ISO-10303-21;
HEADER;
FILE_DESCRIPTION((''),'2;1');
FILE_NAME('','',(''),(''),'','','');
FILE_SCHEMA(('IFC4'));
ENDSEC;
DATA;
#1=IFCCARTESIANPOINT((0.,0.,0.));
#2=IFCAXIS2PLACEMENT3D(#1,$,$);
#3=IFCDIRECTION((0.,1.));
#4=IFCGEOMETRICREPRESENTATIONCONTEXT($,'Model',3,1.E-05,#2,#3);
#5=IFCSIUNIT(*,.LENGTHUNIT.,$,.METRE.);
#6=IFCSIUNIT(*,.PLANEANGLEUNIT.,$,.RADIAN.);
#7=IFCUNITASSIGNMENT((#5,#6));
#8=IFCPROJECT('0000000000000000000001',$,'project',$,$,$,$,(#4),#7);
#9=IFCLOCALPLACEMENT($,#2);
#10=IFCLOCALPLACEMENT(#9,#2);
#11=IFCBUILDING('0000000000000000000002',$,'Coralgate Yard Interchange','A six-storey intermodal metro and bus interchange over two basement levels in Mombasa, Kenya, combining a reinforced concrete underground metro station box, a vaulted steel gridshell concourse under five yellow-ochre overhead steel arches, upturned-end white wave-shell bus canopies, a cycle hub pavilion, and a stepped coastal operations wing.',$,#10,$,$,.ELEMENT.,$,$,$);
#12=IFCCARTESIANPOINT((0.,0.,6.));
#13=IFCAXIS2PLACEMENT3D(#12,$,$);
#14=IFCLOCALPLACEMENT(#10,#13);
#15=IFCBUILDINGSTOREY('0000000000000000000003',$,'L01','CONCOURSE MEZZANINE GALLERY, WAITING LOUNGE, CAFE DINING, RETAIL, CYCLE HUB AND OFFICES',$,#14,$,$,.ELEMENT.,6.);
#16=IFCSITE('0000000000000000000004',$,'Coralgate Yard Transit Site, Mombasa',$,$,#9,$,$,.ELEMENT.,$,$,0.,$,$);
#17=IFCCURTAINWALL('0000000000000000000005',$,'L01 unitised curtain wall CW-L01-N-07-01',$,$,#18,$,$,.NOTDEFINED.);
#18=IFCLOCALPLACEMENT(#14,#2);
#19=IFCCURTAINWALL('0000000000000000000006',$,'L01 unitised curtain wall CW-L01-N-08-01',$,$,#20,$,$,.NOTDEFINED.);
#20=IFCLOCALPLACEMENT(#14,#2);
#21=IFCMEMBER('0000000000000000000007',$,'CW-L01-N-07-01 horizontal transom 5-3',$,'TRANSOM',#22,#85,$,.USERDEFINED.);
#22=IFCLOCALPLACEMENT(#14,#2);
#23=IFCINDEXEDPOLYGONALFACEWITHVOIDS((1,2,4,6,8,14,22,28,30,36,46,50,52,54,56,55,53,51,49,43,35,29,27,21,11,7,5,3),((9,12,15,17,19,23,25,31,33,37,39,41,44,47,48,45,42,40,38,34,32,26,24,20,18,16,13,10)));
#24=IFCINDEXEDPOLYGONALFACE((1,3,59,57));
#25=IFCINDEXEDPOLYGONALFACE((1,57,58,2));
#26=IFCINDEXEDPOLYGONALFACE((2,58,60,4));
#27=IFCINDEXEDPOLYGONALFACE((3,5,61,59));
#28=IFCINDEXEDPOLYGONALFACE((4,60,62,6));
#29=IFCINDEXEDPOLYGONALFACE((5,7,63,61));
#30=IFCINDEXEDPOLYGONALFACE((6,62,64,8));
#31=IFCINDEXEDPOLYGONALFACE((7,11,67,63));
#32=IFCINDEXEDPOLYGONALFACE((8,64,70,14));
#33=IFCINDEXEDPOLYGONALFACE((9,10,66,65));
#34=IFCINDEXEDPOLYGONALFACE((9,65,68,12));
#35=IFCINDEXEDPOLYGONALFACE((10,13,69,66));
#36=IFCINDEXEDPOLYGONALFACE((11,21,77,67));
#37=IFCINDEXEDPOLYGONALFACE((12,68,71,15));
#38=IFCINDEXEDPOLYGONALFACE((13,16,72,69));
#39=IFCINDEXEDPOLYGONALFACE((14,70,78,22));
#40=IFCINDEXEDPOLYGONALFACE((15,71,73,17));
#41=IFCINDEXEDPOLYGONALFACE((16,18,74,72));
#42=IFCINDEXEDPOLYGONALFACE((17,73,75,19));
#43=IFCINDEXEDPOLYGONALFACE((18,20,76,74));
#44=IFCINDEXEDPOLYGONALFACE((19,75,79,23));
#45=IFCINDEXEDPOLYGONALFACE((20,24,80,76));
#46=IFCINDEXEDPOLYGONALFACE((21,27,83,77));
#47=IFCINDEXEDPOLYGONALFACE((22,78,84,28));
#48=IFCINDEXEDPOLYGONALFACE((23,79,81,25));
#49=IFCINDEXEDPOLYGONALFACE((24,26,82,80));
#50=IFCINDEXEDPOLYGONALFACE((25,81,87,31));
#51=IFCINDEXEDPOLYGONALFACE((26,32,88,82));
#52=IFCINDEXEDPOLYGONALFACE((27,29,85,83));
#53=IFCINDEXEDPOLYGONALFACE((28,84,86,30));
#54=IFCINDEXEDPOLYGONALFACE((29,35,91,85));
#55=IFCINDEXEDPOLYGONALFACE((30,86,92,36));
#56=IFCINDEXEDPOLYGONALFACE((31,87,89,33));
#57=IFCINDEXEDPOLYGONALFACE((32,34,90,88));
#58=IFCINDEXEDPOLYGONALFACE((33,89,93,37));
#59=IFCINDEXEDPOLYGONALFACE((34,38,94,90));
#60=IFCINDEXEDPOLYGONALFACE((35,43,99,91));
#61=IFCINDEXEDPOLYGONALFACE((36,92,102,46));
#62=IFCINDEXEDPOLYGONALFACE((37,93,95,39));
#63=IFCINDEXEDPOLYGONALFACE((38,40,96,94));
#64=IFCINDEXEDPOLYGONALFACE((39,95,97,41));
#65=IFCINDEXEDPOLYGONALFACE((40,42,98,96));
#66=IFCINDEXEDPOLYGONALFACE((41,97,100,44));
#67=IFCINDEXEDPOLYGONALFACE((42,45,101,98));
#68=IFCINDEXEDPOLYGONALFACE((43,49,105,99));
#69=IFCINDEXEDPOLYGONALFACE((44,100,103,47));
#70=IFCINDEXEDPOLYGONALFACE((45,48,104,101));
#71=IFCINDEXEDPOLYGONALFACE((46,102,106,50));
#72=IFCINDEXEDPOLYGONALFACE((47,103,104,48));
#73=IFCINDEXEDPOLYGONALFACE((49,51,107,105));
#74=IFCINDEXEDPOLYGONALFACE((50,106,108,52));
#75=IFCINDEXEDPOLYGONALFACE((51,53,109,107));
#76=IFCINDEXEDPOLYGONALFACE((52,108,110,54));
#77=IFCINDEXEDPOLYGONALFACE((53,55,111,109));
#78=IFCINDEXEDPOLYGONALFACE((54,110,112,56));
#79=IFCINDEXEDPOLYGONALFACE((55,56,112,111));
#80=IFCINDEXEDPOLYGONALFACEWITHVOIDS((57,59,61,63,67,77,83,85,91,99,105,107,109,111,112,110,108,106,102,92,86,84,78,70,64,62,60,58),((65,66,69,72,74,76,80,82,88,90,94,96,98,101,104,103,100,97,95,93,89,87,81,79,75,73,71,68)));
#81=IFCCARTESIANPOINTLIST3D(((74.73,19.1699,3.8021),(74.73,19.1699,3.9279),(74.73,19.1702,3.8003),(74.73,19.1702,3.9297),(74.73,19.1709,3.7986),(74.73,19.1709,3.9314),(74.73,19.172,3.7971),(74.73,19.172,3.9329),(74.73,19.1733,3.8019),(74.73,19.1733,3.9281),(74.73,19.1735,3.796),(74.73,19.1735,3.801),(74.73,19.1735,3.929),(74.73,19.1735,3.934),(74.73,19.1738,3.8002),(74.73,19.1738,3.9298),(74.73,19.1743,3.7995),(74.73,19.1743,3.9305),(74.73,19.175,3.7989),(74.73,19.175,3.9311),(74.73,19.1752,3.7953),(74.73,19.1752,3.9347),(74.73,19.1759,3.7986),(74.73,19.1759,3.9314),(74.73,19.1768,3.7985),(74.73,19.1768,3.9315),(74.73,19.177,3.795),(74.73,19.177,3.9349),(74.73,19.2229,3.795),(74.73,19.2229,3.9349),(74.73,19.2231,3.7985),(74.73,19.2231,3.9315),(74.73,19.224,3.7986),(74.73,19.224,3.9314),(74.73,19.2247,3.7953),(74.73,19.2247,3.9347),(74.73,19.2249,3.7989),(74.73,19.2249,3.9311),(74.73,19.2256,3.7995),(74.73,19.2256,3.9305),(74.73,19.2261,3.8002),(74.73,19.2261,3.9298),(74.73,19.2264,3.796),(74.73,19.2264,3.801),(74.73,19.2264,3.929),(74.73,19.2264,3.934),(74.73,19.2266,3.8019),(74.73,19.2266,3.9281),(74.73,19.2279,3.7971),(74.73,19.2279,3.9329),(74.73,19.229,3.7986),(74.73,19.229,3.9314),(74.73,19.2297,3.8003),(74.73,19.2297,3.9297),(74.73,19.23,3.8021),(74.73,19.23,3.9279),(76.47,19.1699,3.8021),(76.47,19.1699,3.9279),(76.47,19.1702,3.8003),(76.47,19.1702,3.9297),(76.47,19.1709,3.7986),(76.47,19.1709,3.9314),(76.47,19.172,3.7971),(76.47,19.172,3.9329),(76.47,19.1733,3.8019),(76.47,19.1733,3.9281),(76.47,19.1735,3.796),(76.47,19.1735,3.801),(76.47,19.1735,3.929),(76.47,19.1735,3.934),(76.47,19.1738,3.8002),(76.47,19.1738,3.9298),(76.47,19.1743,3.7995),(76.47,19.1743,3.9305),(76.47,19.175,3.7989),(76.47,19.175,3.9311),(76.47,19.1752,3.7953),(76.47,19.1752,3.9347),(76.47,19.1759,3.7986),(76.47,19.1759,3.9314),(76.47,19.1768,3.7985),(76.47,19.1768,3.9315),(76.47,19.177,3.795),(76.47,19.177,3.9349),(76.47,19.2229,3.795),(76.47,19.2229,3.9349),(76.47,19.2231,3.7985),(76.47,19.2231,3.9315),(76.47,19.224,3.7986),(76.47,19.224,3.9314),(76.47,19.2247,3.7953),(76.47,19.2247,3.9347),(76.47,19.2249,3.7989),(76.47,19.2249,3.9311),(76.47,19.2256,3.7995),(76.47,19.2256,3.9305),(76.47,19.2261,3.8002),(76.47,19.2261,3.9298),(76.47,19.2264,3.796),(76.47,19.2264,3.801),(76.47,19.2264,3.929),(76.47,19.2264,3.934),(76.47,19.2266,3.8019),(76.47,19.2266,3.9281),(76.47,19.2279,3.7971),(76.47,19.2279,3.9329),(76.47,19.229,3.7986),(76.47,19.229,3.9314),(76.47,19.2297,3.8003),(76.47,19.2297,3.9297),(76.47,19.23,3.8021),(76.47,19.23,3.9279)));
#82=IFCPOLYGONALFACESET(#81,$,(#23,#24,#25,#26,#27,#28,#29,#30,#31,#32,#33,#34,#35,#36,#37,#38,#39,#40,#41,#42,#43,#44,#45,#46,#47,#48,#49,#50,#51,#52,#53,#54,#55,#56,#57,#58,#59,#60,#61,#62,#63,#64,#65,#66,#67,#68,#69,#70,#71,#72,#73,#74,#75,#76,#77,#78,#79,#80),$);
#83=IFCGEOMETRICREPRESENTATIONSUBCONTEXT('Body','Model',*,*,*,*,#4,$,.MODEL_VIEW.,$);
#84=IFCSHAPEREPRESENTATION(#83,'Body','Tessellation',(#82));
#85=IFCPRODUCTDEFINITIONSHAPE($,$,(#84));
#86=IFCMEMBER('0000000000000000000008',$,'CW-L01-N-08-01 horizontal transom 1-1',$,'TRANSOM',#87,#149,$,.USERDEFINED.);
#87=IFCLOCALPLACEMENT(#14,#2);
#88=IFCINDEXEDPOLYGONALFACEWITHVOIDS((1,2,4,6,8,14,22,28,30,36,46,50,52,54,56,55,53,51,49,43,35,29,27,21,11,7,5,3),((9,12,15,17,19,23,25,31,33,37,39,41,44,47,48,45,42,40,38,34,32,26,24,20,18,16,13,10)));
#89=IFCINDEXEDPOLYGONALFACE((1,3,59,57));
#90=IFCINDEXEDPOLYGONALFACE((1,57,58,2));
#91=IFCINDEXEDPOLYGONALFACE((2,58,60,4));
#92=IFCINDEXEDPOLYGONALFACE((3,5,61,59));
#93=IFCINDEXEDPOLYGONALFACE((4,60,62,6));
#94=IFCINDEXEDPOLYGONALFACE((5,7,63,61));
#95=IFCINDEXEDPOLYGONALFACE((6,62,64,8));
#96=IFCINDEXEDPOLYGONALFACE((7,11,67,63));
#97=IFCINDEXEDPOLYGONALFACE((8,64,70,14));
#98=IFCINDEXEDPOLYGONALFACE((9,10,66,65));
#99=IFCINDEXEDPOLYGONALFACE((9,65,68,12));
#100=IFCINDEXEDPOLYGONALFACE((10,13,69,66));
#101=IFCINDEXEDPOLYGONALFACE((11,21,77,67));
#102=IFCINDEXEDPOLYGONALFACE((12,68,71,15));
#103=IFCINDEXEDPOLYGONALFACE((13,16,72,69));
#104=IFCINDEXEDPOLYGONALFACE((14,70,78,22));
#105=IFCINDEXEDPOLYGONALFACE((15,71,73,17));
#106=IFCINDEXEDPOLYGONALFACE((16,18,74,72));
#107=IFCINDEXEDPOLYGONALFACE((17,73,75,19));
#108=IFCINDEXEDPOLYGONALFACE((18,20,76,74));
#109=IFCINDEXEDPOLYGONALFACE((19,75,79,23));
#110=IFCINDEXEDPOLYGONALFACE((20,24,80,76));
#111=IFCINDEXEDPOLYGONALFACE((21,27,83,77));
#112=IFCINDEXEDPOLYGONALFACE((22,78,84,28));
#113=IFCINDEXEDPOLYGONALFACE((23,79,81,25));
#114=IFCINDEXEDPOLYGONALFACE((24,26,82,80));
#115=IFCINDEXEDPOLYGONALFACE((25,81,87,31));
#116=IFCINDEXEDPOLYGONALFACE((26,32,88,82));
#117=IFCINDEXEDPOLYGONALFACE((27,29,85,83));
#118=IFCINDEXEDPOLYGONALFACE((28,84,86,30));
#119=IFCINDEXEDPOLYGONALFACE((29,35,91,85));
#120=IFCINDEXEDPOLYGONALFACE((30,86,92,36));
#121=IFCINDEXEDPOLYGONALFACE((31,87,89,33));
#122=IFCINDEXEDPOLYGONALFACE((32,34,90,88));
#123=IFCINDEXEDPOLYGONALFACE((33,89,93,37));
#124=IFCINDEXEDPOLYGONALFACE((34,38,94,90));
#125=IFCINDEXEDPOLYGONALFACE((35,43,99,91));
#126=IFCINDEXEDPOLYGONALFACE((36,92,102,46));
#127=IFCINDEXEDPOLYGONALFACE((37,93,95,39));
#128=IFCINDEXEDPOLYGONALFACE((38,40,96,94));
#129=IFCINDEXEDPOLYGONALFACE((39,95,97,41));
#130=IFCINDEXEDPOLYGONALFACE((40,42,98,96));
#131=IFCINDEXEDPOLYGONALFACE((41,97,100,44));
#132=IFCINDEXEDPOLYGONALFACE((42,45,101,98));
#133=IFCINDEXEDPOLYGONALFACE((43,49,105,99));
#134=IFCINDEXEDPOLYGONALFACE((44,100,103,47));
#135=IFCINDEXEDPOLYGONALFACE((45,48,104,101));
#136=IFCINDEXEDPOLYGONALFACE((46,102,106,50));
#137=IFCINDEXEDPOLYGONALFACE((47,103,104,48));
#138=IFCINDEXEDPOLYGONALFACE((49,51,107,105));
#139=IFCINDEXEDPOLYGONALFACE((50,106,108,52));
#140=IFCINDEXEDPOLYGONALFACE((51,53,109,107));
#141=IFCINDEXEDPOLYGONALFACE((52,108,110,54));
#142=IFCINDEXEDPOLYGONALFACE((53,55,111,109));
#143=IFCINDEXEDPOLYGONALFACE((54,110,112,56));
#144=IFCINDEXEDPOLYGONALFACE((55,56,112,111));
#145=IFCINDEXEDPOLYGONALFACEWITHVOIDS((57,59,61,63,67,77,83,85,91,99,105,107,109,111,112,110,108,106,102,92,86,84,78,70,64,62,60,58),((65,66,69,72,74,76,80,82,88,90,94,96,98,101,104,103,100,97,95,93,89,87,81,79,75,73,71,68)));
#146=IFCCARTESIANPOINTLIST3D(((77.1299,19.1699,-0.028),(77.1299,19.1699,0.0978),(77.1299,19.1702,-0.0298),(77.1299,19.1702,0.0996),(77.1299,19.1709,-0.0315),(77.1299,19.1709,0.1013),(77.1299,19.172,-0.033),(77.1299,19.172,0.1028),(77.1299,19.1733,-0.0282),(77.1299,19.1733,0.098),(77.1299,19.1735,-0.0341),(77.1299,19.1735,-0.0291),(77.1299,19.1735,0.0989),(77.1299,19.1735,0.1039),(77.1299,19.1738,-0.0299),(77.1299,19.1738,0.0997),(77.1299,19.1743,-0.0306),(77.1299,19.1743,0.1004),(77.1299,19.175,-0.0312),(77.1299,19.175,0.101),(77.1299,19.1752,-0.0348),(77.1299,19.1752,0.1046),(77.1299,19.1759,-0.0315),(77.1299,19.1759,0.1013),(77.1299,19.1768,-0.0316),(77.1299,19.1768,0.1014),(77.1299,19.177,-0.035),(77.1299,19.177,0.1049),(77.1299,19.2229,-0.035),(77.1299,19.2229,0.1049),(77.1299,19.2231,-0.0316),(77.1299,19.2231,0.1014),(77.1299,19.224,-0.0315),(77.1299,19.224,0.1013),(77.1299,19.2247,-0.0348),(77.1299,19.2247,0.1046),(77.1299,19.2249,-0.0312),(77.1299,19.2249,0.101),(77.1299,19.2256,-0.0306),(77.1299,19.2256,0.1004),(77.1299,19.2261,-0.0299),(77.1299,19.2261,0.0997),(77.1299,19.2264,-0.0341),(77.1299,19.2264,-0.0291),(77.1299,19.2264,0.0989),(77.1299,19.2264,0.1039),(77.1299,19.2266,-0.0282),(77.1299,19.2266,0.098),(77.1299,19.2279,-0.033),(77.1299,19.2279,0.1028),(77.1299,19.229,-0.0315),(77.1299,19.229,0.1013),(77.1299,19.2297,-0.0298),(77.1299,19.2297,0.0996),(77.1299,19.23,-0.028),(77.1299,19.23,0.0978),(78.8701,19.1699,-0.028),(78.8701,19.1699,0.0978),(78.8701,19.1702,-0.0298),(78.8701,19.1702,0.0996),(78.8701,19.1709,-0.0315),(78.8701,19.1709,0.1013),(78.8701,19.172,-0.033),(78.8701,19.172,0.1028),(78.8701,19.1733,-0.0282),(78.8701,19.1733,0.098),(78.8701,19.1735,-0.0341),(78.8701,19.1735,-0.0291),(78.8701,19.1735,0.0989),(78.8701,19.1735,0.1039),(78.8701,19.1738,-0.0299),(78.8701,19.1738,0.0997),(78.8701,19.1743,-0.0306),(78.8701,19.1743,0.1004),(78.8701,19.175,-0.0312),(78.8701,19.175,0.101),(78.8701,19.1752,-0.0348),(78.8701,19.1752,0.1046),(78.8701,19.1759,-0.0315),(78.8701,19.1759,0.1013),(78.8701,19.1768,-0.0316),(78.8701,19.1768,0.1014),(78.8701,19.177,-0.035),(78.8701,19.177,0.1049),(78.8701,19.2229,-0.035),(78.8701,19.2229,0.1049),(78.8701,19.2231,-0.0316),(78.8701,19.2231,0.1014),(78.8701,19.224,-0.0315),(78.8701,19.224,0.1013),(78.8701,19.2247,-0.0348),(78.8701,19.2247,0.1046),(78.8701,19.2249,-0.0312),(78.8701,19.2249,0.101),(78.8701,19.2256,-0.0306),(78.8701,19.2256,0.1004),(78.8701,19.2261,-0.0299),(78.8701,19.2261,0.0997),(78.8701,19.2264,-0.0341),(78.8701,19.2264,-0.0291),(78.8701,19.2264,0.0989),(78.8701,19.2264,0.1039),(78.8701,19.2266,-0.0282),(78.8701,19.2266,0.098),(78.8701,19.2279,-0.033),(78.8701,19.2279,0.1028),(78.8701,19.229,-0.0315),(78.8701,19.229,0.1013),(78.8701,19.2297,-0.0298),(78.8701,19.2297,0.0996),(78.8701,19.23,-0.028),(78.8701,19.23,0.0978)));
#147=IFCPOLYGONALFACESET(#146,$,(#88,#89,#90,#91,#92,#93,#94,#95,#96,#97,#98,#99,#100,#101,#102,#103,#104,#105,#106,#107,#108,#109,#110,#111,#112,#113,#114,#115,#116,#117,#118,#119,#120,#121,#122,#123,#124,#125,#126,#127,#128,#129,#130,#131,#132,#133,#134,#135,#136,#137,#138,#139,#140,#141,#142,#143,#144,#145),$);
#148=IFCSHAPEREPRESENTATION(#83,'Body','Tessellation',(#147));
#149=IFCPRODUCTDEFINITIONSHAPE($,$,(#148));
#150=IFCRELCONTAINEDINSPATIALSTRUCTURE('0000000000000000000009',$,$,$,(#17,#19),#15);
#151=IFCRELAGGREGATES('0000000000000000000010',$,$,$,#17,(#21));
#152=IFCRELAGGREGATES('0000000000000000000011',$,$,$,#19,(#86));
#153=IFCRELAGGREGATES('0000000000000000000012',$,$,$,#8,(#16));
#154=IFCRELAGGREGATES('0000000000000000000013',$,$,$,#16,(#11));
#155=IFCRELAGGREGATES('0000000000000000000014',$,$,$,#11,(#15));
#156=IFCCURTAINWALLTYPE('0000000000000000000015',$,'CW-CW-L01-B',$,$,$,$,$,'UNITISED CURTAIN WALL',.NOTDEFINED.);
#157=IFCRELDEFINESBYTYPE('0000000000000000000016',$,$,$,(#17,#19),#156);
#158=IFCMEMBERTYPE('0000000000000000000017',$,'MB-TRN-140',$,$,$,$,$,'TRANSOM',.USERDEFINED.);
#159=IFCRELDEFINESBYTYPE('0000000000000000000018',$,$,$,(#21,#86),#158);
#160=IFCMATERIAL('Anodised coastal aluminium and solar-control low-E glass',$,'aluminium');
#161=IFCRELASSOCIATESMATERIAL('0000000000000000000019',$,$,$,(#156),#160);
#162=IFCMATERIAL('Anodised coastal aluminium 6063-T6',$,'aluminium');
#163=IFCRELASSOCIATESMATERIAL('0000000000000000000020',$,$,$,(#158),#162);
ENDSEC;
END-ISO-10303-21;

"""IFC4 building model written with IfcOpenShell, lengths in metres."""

from ifc_helpers import new_model, si_unit, direction, frame, origin, origin_2d, place, context, subcontext, project, spatial, hollow_rectangle, extrude, material, material_profile, profile_set, type_object, element, aggregate, save


model = new_model("IFC4")

# Units and contexts
model_context = context("Model", 3, precision=1e-05, world=origin(), true_north=direction((0.0, 1.0)))
body_context = subcontext(model_context, "Body", "Model", "MODEL_VIEW")
ifc_project = project(units=[si_unit("LENGTHUNIT", "METRE"), si_unit("PLANEANGLEUNIT", "RADIAN")], contexts=[model_context])

# Site, building, storey
site_placement = place(None, origin())
site = spatial("IfcSite", under=ifc_project, at=site_placement, Name="Coralgate Yard Transit Site, Mombasa", CompositionType="ELEMENT", RefElevation=0.0)
building_placement = place(site_placement, origin())
building = spatial("IfcBuilding", under=site, at=building_placement, Name="Coralgate Yard Interchange", Description="A six-storey intermodal metro and bus interchange over two basement levels in Mombasa, Kenya, combining a reinforced concrete underground metro station box, a vaulted steel gridshell concourse under five yellow-ochre overhead steel arches, upturned-end white wave-shell bus canopies, a cycle hub pavilion, and a stepped coastal operations wing.", CompositionType="ELEMENT")
storey_placement = place(building_placement, frame((0.0, 0.0, 6.0)))
storey = spatial("IfcBuildingStorey", under=building, at=storey_placement, Name="L01", Description="CONCOURSE MEZZANINE GALLERY, WAITING LOUNGE, CAFE DINING, RETAIL, CYCLE HUB AND OFFICES", CompositionType="ELEMENT", Elevation=6.0)

# Curtain walls
ifc_material_1 = material(Name="Anodised coastal aluminium and solar-control low-E glass", Category="aluminium")
curtain_wall_type = type_object("IfcCurtainWallType", Name="CW-CW-L01-B", ElementType="UNITISED CURTAIN WALL", PredefinedType="NOTDEFINED", material=ifc_material_1)
curtain_wall_1_placement = place(storey_placement, origin())
curtain_wall_1 = element("IfcCurtainWall", 1, at=curtain_wall_1_placement, inside=storey, type_object=curtain_wall_type, Name="L01 unitised curtain wall CW-L01-N-07-01", PredefinedType="NOTDEFINED")
ifc_material_2 = material(Name="Anodised coastal aluminium 6063-T6", Category="aluminium")
curtain_wall_2_placement = place(storey_placement, origin())
curtain_wall_2 = element("IfcCurtainWall", 2, at=curtain_wall_2_placement, inside=storey, type_object=curtain_wall_type, Name="L01 unitised curtain wall CW-L01-N-08-01", PredefinedType="NOTDEFINED")

# Members
ifc_material_profile_1 = material_profile(ifc_material_2, hollow_rectangle(XDim=0.0601, YDim=0.1399, WallThickness=0.0034, InnerFilletRadius=0.0034, OuterFilletRadius=0.0071, at=origin_2d()), Name="ALU 60x140x3.5")
ifc_profile_set_1 = profile_set([ifc_material_profile_1], Name="Anodised coastal aluminium 6063-T6")
member_type_1 = type_object("IfcMemberType", Name="MB-TRN-140", ElementType="TRANSOM", PredefinedType="USERDEFINED", material=ifc_profile_set_1)
member_1_placement = place(storey_placement, frame((74.73, 19.2, 3.865), z_axis=(1.0, 0.0, 0.0), x_axis=(0.0, 1.0, 0.0)))
member_1 = element("IfcMember", 3, at=member_1_placement, type_object=member_type_1, Name="CW-L01-N-07-01 horizontal transom 5-3", ObjectType="TRANSOM", PredefinedType="USERDEFINED", context=body_context, shape_type="SweptSolid", body=[
    extrude(hollow_rectangle(XDim=0.0601, YDim=0.1399, WallThickness=0.0034, InnerFilletRadius=0.0034, OuterFilletRadius=0.0071, at=origin_2d()), origin(), (0.0, 0.0, 1.0), 1.74),
])
member_2_placement = place(storey_placement, frame((77.1299, 19.2, 0.0349), z_axis=(1.0, 0.0, 0.0), x_axis=(0.0, 1.0, 0.0)))
member_2 = element("IfcMember", 4, at=member_2_placement, type_object=member_type_1, Name="CW-L01-N-08-01 horizontal transom 1-1", ObjectType="TRANSOM", PredefinedType="USERDEFINED", context=body_context, shape_type="SweptSolid", body=[
    extrude(hollow_rectangle(XDim=0.0601, YDim=0.1399, WallThickness=0.0034, InnerFilletRadius=0.0034, OuterFilletRadius=0.0071, at=origin_2d()), origin(), (0.0, 0.0, 1.0), 1.7402),
])

aggregate(curtain_wall_1, [member_1])
aggregate(curtain_wall_2, [member_2])

save(model, "model.ifc")
